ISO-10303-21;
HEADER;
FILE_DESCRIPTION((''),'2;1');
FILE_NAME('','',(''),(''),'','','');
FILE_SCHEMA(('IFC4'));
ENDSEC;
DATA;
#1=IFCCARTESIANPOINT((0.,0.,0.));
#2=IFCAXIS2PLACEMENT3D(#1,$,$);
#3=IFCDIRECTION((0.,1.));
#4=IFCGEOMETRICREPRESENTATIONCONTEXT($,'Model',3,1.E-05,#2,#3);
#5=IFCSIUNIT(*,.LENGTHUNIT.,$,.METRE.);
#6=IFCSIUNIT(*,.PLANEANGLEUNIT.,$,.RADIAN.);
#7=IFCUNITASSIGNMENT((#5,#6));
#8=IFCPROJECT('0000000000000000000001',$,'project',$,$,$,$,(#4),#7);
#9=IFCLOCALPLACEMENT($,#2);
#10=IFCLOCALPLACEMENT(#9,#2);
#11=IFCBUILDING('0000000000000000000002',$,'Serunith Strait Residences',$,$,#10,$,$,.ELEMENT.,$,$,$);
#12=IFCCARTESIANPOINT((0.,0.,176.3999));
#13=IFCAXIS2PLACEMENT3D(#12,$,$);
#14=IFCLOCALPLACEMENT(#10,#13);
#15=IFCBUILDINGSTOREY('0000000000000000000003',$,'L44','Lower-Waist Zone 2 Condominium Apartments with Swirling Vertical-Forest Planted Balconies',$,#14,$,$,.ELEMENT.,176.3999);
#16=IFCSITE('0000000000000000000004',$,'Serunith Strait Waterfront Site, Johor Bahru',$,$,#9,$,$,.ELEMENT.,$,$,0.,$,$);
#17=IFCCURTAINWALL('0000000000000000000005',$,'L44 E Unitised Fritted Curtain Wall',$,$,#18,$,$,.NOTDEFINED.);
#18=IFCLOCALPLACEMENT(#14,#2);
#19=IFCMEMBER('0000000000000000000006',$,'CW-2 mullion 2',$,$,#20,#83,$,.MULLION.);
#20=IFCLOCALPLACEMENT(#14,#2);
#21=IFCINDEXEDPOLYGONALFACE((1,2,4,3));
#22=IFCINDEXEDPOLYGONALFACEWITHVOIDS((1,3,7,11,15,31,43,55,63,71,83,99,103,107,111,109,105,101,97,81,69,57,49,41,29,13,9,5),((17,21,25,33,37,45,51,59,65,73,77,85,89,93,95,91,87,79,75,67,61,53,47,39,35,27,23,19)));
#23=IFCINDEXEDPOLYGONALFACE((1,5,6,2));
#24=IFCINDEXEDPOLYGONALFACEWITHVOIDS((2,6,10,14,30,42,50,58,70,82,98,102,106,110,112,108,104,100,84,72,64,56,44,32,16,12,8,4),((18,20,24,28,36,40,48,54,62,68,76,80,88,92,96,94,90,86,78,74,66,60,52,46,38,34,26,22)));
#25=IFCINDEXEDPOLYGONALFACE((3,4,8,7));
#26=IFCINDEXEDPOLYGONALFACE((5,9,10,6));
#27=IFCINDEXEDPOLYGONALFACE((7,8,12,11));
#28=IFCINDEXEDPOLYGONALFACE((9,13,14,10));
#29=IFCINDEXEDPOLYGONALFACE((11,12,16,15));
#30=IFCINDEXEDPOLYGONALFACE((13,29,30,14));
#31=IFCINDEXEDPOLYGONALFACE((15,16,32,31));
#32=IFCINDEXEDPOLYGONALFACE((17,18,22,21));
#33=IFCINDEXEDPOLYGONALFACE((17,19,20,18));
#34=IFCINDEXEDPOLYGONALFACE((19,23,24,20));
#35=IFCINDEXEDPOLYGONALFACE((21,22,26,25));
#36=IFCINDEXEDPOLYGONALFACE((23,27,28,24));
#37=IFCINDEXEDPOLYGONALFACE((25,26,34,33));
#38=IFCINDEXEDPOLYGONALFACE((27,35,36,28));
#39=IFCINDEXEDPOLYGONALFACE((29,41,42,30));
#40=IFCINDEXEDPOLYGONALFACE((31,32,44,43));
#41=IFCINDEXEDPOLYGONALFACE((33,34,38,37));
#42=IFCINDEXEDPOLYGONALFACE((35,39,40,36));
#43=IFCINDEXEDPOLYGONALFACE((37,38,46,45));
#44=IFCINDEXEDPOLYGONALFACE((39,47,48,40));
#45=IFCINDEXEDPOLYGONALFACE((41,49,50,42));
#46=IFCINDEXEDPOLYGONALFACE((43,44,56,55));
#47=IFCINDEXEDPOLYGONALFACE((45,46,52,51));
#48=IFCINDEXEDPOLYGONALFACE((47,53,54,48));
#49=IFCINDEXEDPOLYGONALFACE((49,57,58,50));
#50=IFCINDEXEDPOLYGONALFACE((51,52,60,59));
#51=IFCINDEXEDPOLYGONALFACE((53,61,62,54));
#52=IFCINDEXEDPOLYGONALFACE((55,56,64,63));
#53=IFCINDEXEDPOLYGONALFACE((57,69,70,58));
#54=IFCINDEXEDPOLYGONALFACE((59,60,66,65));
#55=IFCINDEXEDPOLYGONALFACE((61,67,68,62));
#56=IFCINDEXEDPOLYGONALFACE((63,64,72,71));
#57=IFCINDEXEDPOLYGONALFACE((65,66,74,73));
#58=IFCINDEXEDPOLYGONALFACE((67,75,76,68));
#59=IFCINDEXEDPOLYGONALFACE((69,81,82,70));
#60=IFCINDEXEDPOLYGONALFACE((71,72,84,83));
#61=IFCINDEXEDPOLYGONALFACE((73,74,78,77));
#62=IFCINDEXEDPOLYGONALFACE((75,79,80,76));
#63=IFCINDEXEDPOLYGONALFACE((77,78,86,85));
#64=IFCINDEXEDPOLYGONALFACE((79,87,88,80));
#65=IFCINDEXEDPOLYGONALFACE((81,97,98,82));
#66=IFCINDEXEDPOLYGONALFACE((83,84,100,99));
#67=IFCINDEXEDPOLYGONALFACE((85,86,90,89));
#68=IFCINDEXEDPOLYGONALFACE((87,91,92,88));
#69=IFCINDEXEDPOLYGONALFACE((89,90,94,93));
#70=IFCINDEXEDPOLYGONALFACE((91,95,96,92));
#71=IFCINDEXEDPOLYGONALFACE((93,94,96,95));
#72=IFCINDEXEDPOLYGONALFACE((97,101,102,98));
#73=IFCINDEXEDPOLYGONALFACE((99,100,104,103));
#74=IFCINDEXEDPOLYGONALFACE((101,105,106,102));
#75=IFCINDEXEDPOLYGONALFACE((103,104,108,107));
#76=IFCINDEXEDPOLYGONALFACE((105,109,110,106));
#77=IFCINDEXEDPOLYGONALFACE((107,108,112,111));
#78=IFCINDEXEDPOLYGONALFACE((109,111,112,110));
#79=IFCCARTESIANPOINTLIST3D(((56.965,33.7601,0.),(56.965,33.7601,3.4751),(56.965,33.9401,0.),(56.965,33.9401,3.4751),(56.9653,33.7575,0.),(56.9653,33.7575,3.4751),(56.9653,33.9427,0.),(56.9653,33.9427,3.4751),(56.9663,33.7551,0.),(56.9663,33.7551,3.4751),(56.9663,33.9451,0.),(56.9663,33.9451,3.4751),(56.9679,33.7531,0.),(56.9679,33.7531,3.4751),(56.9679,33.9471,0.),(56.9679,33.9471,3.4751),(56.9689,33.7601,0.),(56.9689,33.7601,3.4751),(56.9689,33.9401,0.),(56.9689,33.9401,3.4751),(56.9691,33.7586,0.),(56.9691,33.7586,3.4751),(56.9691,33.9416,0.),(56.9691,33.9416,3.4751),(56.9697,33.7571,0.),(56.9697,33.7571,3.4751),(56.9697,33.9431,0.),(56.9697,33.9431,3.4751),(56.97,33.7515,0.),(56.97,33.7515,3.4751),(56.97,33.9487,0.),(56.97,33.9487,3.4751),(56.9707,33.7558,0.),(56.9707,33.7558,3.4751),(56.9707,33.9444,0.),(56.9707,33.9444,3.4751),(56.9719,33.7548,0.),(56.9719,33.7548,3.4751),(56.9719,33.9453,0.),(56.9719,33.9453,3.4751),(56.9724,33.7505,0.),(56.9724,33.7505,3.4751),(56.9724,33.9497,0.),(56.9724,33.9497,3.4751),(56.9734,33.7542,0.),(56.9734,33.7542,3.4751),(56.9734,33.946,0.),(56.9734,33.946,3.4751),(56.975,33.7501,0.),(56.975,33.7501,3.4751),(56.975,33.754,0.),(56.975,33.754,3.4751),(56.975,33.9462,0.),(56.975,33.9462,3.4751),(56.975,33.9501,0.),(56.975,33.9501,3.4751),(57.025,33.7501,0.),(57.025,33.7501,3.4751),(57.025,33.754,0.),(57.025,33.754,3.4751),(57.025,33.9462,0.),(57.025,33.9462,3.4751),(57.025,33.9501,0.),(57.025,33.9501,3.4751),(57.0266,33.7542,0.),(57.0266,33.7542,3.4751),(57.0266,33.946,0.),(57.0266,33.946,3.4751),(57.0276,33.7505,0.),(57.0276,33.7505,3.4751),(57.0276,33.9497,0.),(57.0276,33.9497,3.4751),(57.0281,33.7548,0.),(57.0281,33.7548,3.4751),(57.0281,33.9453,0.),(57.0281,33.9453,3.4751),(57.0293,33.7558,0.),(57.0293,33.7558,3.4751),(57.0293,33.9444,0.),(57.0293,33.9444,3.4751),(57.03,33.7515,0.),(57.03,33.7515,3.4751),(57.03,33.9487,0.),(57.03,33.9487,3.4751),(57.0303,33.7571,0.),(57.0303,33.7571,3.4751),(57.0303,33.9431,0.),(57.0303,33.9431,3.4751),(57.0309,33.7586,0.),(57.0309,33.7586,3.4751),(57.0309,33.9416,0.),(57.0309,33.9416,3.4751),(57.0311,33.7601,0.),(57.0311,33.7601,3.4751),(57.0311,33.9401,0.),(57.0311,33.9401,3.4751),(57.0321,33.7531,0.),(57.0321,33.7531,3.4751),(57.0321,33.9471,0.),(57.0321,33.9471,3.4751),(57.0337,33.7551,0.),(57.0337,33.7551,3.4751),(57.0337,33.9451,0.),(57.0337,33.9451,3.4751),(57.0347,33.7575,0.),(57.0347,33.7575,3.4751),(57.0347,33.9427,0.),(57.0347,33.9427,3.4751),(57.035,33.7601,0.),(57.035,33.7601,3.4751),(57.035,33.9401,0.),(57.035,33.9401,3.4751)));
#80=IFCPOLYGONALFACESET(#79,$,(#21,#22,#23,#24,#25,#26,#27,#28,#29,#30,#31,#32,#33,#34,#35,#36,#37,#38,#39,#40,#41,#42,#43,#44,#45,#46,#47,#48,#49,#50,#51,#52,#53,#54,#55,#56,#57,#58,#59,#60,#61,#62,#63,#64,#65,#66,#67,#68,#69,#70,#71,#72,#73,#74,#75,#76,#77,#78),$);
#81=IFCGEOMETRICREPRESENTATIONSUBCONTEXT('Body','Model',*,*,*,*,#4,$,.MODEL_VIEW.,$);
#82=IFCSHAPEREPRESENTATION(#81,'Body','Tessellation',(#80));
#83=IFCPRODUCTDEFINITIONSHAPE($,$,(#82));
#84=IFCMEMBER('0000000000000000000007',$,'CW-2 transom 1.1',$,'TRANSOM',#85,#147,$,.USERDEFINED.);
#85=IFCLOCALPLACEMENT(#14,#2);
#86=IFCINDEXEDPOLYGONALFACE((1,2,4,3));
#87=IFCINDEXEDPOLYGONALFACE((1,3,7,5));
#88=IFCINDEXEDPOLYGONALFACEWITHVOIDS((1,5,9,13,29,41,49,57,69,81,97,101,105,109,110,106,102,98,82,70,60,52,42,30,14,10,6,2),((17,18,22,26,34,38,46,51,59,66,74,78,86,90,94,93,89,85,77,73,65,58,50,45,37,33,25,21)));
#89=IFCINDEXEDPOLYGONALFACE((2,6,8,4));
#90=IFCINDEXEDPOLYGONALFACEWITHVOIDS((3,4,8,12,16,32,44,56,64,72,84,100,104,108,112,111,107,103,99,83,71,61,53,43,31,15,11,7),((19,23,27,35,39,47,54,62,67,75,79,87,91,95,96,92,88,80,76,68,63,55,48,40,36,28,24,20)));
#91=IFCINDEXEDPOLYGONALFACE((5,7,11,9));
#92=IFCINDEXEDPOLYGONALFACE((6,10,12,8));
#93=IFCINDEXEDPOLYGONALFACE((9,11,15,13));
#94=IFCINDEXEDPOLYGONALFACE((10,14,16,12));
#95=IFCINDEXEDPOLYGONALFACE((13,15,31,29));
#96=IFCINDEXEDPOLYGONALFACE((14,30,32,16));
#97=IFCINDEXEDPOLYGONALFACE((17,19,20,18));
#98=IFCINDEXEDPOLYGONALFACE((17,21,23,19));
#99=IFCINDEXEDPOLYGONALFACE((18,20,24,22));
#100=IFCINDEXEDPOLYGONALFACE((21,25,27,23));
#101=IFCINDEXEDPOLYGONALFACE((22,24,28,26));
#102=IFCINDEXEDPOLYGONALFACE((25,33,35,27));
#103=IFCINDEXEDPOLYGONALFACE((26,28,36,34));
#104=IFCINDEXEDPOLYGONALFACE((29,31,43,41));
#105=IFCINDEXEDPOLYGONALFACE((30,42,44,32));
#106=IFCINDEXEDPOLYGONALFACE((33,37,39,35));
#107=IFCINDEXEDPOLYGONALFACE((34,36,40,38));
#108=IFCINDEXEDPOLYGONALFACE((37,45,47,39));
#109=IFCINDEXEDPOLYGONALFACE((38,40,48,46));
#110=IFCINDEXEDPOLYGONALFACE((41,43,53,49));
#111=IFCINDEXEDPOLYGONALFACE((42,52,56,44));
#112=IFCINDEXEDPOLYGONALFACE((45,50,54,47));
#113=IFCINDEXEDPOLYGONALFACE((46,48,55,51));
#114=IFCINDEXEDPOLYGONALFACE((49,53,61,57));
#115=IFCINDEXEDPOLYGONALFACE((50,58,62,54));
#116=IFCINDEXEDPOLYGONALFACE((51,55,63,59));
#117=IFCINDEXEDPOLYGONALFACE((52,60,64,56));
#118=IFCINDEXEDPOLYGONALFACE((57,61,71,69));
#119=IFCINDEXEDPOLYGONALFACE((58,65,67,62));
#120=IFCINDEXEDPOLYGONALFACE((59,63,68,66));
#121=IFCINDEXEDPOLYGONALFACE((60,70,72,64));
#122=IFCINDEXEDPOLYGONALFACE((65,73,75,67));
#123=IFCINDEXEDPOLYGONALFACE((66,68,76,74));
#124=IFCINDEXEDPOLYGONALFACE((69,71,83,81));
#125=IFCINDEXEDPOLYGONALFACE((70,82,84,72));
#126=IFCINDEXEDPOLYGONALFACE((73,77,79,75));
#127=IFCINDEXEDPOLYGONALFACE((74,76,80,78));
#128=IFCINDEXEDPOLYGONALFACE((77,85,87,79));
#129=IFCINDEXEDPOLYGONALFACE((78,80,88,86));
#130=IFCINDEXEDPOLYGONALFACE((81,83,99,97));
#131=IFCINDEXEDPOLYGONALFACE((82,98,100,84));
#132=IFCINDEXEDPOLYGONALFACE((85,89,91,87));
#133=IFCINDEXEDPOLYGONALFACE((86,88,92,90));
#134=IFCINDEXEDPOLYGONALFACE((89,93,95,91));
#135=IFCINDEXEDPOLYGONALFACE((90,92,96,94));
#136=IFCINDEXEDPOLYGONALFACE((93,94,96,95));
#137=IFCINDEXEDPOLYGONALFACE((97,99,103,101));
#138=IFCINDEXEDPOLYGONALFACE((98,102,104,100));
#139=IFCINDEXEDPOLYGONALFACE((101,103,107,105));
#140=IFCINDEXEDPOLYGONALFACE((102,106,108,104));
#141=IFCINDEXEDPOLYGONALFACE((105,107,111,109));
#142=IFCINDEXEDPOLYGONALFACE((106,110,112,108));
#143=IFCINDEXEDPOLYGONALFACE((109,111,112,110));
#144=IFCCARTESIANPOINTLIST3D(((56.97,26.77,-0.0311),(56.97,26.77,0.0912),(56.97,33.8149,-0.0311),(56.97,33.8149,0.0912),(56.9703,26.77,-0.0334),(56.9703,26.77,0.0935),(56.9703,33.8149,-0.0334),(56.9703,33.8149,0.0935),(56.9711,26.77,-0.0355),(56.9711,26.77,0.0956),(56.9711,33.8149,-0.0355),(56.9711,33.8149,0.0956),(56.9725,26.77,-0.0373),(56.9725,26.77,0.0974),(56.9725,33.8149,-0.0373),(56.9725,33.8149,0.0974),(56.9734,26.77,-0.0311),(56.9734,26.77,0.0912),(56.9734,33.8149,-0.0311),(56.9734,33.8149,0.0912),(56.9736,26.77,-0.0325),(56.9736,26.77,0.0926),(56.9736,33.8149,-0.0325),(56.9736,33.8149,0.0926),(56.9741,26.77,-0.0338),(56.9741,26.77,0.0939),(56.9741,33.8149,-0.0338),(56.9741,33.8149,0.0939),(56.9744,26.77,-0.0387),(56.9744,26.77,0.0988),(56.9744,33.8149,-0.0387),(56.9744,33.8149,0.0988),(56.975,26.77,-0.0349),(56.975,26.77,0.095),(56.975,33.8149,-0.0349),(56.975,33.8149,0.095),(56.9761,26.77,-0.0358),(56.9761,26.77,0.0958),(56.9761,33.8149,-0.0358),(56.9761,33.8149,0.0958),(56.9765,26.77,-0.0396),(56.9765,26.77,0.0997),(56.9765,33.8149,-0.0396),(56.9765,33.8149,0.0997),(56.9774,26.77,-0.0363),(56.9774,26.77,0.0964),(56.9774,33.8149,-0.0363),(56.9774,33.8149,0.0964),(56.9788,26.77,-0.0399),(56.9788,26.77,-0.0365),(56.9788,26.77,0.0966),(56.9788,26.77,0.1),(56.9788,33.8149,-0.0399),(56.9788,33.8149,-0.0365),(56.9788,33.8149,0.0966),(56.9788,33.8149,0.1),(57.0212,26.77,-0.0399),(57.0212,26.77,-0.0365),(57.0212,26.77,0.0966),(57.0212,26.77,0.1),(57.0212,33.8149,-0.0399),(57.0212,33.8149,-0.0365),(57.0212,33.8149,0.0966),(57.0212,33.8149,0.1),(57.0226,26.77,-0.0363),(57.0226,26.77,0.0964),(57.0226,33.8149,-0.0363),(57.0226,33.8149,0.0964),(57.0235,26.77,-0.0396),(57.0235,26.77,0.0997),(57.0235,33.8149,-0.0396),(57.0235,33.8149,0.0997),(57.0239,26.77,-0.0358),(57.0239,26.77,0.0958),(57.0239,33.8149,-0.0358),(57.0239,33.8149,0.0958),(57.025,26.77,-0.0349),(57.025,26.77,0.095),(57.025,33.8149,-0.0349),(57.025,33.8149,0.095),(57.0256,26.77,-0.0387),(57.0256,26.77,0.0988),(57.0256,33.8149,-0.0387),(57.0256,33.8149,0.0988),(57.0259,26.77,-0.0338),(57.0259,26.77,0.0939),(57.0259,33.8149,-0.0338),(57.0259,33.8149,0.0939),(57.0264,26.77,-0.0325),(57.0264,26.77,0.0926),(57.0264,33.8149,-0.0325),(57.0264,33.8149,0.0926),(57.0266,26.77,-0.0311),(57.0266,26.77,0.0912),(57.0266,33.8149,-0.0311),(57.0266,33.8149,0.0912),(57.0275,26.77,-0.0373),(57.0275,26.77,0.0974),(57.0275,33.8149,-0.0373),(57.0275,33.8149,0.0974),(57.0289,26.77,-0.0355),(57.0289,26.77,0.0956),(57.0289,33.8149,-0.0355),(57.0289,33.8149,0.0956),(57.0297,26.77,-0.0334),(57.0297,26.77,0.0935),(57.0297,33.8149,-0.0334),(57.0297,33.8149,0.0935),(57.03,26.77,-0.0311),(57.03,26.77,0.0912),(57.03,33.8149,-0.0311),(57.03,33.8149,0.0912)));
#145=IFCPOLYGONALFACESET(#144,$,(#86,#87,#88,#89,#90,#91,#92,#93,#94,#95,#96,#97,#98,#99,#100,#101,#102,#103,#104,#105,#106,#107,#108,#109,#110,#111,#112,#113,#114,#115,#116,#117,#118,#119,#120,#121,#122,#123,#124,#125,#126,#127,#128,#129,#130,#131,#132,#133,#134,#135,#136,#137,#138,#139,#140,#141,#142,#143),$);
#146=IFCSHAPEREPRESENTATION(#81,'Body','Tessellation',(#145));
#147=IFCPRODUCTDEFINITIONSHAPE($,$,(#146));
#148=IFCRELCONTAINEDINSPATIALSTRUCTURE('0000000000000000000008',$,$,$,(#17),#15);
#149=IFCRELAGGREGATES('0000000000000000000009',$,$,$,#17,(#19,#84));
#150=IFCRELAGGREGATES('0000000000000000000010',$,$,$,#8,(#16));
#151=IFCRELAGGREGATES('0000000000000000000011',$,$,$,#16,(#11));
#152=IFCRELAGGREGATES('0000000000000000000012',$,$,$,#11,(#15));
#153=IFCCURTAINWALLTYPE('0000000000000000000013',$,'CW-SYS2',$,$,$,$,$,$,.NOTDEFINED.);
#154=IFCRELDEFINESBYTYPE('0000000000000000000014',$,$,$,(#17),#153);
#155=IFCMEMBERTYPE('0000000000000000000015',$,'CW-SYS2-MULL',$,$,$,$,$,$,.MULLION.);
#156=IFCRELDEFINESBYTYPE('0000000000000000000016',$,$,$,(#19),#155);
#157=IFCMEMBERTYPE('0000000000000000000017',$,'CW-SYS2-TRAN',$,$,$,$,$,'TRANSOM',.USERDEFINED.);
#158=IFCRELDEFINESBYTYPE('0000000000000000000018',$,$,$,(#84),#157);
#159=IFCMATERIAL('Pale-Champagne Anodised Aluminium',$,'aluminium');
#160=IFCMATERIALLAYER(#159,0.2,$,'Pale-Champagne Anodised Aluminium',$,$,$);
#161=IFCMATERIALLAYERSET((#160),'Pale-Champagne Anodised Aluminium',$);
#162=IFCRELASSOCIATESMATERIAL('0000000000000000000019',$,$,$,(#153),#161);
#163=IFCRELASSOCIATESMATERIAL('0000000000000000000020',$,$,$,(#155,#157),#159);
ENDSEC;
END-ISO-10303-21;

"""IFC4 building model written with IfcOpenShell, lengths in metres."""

from ifc_helpers import new_model, si_unit, direction, frame, origin, origin_2d, place, context, subcontext, project, spatial, hollow_rectangle, extrude, source, transform, mapped, material, layer, layer_set, material_profile, profile_set, type_object, element, aggregate, save


model = new_model("IFC4")

# Units and contexts
model_context = context("Model", 3, precision=1e-05, world=origin(), true_north=direction((0.0, 1.0)))
body_context = subcontext(model_context, "Body", "Model", "MODEL_VIEW")
ifc_project = project(units=[si_unit("LENGTHUNIT", "METRE"), si_unit("PLANEANGLEUNIT", "RADIAN")], contexts=[model_context])

# Site, building, storey
site_placement = place(None, origin())
site = spatial("IfcSite", under=ifc_project, at=site_placement, Name="Serunith Strait Waterfront Site, Johor Bahru", CompositionType="ELEMENT", RefElevation=0.0)
building_placement = place(site_placement, origin())
building = spatial("IfcBuilding", under=site, at=building_placement, Name="Serunith Strait Residences", CompositionType="ELEMENT")
storey_placement = place(building_placement, frame((0.0, 0.0, 176.3999)))
storey = spatial("IfcBuildingStorey", under=building, at=storey_placement, Name="L44", Description="Lower-Waist Zone 2 Condominium Apartments with Swirling Vertical-Forest Planted Balconies", CompositionType="ELEMENT", Elevation=176.3999)

# Shared definitions
ifc_material_1 = material(Name="Pale-Champagne Anodised Aluminium", Category="aluminium")
ifc_layer_1 = layer(ifc_material_1, 0.2, Name="Pale-Champagne Anodised Aluminium")
ifc_layer_set_1 = layer_set([ifc_layer_1], Name="Pale-Champagne Anodised Aluminium")
curtain_wall_type = type_object("IfcCurtainWallType", Name="CW-SYS2", PredefinedType="NOTDEFINED", material=ifc_layer_set_1)
ifc_material_profile_1 = material_profile(ifc_material_1, hollow_rectangle(XDim=0.0701, YDim=0.2, WallThickness=0.0039, InnerFilletRadius=0.0061, OuterFilletRadius=0.01, at=origin_2d()), Name="ALU 200x70x4")
ifc_profile_set_1 = profile_set([ifc_material_profile_1], Name="Pale-Champagne Anodised Aluminium")
member_type_1 = type_object("IfcMemberType", Name="CW-SYS2-MULL", PredefinedType="MULLION", material=ifc_profile_set_1)
shared_shape_1 = source(origin(), body_context, "Body", "SweptSolid", [
    extrude(hollow_rectangle(XDim=0.0701, YDim=0.2, WallThickness=0.0039, InnerFilletRadius=0.0061, OuterFilletRadius=0.01, at=origin_2d()), origin(), (0.0, 0.0, 1.0), 3.4751),
])

# Curtain wall, members
curtain_wall_1_placement = place(storey_placement, origin())
curtain_wall_1 = element("IfcCurtainWall", 1, at=curtain_wall_1_placement, inside=storey, type_object=curtain_wall_type, Name="L44 E Unitised Fritted Curtain Wall", PredefinedType="NOTDEFINED")
member_1_placement = place(storey_placement, frame((57.0, 33.8501, 0.0), z_axis=(0.0, 0.0, 1.0), x_axis=(-1.0, 0.0, 0.0)))
member_1 = element("IfcMember", 2, at=member_1_placement, type_object=member_type_1, Name="CW-2 mullion 2", PredefinedType="MULLION", context=body_context, shape_type="MappedRepresentation", body=[
    mapped(shared_shape_1, transform((0.0, 0.0, 0.0), scale=1.0)),
])
ifc_material_profile_2 = material_profile(ifc_material_1, hollow_rectangle(XDim=0.0601, YDim=0.1399, WallThickness=0.0034, InnerFilletRadius=0.0054, OuterFilletRadius=0.0088, at=origin_2d()), Name="ALU 140x60x3.5")
ifc_profile_set_2 = profile_set([ifc_material_profile_2], Name="Pale-Champagne Anodised Aluminium")
member_type_2 = type_object("IfcMemberType", Name="CW-SYS2-TRAN", ElementType="TRANSOM", PredefinedType="USERDEFINED", material=ifc_profile_set_2)
shared_shape_2 = source(origin(), body_context, "Body", "SweptSolid", [
    extrude(hollow_rectangle(XDim=0.0601, YDim=0.1399, WallThickness=0.0034, InnerFilletRadius=0.0054, OuterFilletRadius=0.0088, at=origin_2d()), origin(), (0.0, 0.0, 1.0), 7.0449),
])
member_2_placement = place(storey_placement, frame((57.0, 26.77, 0.03), z_axis=(0.0, 1.0, 0.0), x_axis=(-1.0, 0.0, 0.0)))
member_2 = element("IfcMember", 3, at=member_2_placement, type_object=member_type_2, Name="CW-2 transom 1.1", ObjectType="TRANSOM", PredefinedType="USERDEFINED", context=body_context, shape_type="MappedRepresentation", body=[
    mapped(shared_shape_2, transform((0.0, 0.0, 0.0), scale=1.0)),
])
aggregate(curtain_wall_1, [member_1, member_2])

save(model, "model.ifc")
